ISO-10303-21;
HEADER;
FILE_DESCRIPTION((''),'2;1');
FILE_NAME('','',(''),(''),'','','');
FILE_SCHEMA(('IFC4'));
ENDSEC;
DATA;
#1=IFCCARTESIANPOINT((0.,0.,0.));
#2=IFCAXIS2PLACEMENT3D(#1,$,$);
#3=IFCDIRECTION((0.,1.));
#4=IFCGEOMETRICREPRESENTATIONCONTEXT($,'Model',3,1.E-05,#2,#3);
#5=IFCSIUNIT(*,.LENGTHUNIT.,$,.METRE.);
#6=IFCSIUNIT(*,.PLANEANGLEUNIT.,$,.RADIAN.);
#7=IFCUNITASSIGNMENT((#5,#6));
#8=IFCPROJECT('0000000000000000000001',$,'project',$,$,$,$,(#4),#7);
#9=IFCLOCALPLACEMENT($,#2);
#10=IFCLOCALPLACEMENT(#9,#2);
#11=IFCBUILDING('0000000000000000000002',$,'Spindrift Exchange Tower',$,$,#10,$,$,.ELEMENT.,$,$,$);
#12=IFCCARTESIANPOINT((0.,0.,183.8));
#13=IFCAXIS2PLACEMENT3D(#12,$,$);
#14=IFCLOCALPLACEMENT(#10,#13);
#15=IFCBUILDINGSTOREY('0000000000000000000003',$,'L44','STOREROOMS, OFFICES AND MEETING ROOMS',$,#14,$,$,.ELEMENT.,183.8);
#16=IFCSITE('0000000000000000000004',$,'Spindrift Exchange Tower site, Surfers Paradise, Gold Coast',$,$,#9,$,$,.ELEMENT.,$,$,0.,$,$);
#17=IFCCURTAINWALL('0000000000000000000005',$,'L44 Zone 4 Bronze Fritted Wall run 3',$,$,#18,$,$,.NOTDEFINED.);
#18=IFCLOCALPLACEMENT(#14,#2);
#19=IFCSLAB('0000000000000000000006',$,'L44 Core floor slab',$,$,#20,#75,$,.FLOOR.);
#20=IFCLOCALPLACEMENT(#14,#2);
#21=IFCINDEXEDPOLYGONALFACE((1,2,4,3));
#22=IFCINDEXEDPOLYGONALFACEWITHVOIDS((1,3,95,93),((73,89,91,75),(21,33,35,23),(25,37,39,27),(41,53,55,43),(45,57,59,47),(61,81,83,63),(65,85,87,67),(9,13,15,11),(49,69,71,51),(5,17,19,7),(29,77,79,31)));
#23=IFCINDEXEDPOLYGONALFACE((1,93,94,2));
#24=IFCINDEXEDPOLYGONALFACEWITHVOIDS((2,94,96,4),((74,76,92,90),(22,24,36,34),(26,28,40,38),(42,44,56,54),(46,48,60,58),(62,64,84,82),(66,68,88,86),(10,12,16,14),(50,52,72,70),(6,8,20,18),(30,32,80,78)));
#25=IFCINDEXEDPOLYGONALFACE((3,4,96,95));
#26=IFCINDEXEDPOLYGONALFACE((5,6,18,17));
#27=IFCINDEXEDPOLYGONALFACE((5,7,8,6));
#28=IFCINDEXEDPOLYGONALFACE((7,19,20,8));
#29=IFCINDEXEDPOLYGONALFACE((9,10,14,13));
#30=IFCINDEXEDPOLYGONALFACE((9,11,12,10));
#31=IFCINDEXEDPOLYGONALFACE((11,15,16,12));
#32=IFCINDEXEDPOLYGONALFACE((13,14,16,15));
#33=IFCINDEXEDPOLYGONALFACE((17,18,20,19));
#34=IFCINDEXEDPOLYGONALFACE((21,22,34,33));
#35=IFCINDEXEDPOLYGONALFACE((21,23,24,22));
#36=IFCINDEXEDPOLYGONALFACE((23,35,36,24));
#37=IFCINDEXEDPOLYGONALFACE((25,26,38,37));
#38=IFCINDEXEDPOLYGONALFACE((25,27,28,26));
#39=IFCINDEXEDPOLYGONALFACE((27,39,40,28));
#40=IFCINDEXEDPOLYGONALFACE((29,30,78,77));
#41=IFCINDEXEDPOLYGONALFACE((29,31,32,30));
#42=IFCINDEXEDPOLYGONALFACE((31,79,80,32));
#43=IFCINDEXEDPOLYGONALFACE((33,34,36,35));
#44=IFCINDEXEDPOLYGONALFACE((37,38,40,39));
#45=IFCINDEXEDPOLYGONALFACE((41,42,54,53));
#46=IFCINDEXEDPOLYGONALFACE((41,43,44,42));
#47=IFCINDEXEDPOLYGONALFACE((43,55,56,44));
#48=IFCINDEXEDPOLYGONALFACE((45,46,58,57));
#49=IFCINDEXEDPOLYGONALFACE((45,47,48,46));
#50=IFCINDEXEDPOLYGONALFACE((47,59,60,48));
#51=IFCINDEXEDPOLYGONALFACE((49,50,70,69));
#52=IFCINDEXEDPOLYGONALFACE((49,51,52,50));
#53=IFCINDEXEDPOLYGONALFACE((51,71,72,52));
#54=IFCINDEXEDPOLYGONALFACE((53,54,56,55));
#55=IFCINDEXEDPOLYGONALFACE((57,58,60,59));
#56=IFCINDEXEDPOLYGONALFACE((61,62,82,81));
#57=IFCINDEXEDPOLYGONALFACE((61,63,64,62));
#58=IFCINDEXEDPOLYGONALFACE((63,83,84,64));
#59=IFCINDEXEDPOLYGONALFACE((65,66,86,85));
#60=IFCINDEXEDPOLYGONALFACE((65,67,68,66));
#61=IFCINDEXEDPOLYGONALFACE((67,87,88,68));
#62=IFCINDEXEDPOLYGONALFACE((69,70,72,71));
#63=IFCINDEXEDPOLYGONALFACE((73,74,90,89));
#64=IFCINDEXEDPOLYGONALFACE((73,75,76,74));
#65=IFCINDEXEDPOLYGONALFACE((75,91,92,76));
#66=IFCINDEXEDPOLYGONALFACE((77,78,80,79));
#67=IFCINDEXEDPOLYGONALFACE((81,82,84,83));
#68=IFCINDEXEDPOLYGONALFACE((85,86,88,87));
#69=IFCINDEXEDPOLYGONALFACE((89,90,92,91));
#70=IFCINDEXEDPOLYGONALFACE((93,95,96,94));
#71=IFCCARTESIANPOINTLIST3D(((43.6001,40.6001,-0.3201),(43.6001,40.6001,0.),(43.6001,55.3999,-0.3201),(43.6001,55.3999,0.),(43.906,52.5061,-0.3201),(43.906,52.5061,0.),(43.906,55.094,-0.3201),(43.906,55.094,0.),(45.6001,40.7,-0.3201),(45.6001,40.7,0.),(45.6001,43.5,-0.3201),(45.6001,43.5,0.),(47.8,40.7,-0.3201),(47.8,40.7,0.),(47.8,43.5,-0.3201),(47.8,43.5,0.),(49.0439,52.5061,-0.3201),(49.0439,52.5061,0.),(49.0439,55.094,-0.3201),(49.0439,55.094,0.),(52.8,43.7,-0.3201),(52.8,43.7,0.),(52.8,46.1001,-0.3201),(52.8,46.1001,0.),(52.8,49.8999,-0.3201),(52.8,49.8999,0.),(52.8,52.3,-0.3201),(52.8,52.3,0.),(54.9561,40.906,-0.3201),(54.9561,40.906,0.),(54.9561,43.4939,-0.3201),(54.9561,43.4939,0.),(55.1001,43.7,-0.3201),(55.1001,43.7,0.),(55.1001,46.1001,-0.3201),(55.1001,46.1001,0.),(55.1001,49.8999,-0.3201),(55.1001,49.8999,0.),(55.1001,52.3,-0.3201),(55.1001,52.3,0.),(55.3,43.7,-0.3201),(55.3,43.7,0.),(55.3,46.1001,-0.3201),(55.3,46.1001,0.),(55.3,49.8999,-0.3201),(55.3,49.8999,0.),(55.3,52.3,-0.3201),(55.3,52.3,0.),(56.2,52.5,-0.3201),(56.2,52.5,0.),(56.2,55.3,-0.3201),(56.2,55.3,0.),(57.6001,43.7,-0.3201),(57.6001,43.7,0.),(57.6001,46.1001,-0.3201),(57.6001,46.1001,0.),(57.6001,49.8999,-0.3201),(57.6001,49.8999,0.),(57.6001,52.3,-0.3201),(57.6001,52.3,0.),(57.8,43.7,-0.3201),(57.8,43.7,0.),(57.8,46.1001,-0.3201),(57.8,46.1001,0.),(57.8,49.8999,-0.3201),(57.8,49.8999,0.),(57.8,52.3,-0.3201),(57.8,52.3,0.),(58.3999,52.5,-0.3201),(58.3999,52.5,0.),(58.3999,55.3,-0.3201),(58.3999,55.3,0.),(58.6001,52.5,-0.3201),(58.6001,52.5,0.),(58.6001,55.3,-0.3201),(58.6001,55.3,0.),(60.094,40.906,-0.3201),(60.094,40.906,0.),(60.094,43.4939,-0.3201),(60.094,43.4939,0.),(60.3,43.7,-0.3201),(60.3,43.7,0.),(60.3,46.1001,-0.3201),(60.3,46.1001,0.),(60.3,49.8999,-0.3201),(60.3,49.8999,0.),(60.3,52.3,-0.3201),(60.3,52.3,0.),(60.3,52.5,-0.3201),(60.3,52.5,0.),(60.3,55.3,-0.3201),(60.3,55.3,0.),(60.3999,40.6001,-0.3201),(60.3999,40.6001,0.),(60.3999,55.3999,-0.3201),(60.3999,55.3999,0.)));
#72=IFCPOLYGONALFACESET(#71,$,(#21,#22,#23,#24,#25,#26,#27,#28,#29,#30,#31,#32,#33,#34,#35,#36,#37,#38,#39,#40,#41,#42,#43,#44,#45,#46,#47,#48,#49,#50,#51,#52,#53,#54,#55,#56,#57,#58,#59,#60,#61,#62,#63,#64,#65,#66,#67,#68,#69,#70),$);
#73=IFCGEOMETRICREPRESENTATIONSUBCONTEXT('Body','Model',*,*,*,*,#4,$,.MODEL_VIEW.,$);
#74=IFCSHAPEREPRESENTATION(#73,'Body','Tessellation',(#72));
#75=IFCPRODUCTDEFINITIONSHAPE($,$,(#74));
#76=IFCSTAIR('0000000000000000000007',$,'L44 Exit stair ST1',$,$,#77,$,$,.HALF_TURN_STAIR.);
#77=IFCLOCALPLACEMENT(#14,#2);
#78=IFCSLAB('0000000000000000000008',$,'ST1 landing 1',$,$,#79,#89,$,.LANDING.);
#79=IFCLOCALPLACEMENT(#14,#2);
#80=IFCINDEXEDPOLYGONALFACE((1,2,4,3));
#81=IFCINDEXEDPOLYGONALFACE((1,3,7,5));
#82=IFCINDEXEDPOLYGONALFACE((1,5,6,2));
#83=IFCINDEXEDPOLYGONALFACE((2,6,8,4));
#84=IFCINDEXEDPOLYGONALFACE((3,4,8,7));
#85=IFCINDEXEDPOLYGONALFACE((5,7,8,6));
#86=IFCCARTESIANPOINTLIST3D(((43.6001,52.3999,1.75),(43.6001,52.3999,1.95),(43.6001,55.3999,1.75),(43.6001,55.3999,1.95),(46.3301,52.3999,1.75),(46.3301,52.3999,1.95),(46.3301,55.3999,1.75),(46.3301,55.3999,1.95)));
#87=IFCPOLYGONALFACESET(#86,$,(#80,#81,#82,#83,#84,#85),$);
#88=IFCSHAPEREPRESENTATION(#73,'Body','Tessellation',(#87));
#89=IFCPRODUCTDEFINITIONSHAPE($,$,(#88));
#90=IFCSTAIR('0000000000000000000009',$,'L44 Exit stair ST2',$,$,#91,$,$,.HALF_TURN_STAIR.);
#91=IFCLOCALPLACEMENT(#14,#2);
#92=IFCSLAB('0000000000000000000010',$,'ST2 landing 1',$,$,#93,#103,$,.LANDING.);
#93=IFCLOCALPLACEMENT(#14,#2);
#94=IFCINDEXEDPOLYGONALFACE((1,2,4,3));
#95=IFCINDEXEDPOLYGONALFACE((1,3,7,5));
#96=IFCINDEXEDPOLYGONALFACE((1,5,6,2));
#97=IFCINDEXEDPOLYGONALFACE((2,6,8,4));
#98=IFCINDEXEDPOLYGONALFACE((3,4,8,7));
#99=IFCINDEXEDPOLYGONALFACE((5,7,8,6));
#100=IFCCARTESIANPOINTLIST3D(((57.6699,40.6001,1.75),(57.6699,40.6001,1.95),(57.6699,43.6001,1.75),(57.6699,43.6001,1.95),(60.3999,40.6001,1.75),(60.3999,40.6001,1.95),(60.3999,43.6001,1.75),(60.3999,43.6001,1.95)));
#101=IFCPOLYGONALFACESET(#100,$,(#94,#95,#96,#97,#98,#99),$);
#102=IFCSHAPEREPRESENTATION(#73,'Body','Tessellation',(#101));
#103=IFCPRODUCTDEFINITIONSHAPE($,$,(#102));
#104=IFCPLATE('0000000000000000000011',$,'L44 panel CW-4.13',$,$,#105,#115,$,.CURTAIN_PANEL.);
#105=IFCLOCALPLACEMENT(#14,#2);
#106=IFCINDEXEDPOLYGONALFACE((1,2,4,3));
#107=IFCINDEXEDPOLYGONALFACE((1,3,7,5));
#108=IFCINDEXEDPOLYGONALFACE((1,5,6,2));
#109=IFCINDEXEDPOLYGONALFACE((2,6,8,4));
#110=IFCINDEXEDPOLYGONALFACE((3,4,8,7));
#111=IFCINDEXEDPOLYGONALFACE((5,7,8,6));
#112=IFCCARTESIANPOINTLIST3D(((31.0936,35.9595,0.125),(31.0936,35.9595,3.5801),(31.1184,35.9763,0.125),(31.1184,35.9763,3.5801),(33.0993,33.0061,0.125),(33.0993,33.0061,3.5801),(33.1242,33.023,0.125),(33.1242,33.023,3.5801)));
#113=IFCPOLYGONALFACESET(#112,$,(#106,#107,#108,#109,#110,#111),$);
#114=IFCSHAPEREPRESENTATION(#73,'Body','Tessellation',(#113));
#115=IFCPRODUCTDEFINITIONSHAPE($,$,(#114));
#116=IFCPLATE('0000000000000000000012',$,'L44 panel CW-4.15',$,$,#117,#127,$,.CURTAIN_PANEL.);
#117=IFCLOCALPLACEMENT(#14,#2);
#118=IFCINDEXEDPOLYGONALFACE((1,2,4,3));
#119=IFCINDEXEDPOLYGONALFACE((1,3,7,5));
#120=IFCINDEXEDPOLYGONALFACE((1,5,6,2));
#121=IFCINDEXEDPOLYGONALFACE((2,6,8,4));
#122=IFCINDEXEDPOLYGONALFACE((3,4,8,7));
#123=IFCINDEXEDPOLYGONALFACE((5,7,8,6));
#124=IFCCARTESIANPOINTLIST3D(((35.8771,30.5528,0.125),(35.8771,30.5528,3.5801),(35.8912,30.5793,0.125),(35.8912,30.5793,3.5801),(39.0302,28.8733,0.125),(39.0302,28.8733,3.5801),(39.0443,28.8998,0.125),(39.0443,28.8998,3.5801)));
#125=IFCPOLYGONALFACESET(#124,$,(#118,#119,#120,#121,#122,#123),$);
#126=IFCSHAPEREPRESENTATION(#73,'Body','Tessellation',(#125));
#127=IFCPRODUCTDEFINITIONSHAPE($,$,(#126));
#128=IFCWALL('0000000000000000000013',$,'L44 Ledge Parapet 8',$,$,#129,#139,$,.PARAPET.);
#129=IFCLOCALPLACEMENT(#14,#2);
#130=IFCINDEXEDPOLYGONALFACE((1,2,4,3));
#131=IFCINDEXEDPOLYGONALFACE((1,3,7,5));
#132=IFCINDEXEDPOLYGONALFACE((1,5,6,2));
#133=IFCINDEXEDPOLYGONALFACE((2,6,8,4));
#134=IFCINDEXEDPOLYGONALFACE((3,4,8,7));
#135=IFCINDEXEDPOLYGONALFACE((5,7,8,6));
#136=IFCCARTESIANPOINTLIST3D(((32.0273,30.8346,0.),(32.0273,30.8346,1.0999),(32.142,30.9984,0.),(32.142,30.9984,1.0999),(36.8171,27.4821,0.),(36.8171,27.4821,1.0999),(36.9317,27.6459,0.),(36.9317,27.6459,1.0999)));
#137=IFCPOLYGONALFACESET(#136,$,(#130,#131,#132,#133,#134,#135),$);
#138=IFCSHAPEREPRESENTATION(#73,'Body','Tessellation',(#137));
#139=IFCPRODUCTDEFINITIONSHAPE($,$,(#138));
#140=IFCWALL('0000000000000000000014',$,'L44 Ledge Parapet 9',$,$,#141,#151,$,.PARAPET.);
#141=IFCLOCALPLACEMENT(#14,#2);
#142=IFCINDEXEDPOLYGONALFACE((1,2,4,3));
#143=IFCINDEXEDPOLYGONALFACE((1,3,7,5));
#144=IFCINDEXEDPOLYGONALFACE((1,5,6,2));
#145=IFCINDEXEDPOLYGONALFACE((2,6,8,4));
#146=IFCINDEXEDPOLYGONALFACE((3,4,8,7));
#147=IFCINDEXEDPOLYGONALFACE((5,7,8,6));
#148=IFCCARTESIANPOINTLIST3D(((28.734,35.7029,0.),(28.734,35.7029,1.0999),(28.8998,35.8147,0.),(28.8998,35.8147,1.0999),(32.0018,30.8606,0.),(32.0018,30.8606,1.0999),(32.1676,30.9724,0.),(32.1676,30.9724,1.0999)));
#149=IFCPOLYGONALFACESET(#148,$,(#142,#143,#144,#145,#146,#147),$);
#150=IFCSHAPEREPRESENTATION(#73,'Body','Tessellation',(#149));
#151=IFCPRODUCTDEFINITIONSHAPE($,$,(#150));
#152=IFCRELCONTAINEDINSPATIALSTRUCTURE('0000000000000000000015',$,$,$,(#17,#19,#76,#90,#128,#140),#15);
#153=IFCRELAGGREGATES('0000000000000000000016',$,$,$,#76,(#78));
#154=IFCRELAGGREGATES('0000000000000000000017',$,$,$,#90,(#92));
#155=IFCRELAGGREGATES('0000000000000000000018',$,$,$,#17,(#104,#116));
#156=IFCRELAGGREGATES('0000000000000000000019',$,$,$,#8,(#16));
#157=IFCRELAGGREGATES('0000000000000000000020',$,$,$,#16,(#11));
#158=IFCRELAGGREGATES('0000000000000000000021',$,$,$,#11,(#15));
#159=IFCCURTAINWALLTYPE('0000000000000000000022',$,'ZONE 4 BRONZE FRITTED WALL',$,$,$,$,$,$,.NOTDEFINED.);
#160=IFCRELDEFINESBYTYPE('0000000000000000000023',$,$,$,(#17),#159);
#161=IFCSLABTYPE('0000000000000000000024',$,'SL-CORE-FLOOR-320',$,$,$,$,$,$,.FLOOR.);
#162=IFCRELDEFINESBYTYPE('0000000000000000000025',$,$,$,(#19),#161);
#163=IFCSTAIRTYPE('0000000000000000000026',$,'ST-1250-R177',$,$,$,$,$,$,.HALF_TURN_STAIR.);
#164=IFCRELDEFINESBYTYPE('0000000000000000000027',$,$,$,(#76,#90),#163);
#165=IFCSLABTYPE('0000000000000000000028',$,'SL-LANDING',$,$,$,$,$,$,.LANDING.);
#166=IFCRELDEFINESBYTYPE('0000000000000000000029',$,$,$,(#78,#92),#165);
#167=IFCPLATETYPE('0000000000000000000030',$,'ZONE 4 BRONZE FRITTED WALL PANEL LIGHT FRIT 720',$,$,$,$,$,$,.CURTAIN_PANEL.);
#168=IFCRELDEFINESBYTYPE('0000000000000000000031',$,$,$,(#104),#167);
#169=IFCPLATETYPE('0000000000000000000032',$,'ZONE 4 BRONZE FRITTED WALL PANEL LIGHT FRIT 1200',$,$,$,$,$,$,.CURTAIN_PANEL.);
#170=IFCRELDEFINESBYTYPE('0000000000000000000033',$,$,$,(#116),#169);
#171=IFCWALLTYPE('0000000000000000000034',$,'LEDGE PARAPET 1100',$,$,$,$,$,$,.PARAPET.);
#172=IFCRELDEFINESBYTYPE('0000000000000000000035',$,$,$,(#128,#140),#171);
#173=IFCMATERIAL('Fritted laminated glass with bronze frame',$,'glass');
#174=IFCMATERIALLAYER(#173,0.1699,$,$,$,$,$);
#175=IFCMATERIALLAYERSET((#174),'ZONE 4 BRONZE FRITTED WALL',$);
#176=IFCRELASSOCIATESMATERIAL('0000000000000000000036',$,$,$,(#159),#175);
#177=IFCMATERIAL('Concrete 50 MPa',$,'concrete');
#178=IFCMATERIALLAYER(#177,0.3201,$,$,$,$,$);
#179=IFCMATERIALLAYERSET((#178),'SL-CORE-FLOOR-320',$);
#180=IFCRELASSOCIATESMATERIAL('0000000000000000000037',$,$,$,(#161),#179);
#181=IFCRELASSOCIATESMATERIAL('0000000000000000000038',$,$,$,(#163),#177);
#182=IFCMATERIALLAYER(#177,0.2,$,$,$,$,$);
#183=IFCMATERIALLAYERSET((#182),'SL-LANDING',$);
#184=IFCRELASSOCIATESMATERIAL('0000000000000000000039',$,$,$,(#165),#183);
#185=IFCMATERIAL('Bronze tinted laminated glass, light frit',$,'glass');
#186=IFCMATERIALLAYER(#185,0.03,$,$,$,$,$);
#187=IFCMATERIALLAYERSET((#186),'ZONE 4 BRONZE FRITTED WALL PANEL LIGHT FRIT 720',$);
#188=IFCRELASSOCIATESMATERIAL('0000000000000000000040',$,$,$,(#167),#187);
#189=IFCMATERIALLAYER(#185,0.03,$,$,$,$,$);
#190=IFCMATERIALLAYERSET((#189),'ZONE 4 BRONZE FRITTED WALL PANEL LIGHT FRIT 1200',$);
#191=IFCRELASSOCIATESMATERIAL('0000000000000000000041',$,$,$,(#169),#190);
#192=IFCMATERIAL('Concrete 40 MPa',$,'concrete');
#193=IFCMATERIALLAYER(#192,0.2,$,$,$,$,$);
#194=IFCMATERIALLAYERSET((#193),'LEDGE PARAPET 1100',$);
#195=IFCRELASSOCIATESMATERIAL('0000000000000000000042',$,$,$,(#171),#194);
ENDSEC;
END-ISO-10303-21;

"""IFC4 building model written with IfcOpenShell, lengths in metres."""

from ifc_helpers import new_model, si_unit, direction, frame, frame_2d, origin, origin_2d, place, context, subcontext, project, spatial, line, indexed_curve, rectangle, outline, extrude, source, transform, mapped, material, layer, layer_set, type_object, element, aggregate, save


model = new_model("IFC4")

# Units and contexts
model_context = context("Model", 3, precision=1e-05, world=origin(), true_north=direction((0.0, 1.0)))
body_context = subcontext(model_context, "Body", "Model", "MODEL_VIEW")
ifc_project = project(units=[si_unit("LENGTHUNIT", "METRE"), si_unit("PLANEANGLEUNIT", "RADIAN")], contexts=[model_context])

# Site, building, storey
site_placement = place(None, origin())
site = spatial("IfcSite", under=ifc_project, at=site_placement, Name="Spindrift Exchange Tower site, Surfers Paradise, Gold Coast", CompositionType="ELEMENT", RefElevation=0.0)
building_placement = place(site_placement, origin())
building = spatial("IfcBuilding", under=site, at=building_placement, Name="Spindrift Exchange Tower", CompositionType="ELEMENT")
storey_placement = place(building_placement, frame((0.0, 0.0, 183.8)))
storey = spatial("IfcBuildingStorey", under=building, at=storey_placement, Name="L44", Description="STOREROOMS, OFFICES AND MEETING ROOMS", CompositionType="ELEMENT", Elevation=183.8)

# Shared definitions
ifc_material_1 = material(Name="Concrete 50 MPa", Category="concrete")

# Curtain wall
ifc_material_2 = material(Name="Fritted laminated glass with bronze frame", Category="glass")
ifc_layer_1 = layer(ifc_material_2, 0.1699)
ifc_layer_set_1 = layer_set([ifc_layer_1], Name="ZONE 4 BRONZE FRITTED WALL")
curtain_wall_type = type_object("IfcCurtainWallType", Name="ZONE 4 BRONZE FRITTED WALL", PredefinedType="NOTDEFINED", material=ifc_layer_set_1)
curtain_wall_placement = place(storey_placement, origin())
curtain_wall = element("IfcCurtainWall", 1, at=curtain_wall_placement, inside=storey, type_object=curtain_wall_type, Name="L44 Zone 4 Bronze Fritted Wall run 3", PredefinedType="NOTDEFINED")

# Slab
ifc_material_3 = material(Name="Concrete 40 MPa", Category="concrete")
ifc_layer_2 = layer(ifc_material_1, 0.3201)
ifc_layer_set_2 = layer_set([ifc_layer_2], Name="SL-CORE-FLOOR-320")
slab_type_1 = type_object("IfcSlabType", Name="SL-CORE-FLOOR-320", PredefinedType="FLOOR", material=ifc_layer_set_2)
slab_1_placement = place(storey_placement, frame((0.0, 0.0, -0.3201)))
element("IfcSlab", 2, at=slab_1_placement, inside=storey, type_object=slab_type_1, Name="L44 Core floor slab", PredefinedType="FLOOR", context=body_context, shape_type="SweptSolid", body=[
    extrude(outline(indexed_curve([(43.6001, 40.6001), (43.6001, 55.3999), (60.3999, 55.3999), (60.3999, 40.6001)], segments=[line(1, 2, 3, 4, 1)], self_intersect=False), holes=[indexed_curve([(45.6001, 43.5), (45.6001, 40.7), (47.8, 40.7), (47.8, 43.5)], segments=[line(1, 2, 3, 4, 1)], self_intersect=False), indexed_curve([(52.8, 46.1001), (52.8, 43.7), (55.1001, 43.7), (55.1001, 46.1001)], segments=[line(1, 2, 3, 4, 1)], self_intersect=False), indexed_curve([(55.3, 46.1001), (55.3, 43.7), (57.6001, 43.7), (57.6001, 46.1001)], segments=[line(1, 2, 3, 4, 1)], self_intersect=False), indexed_curve([(55.1001, 52.3), (52.8, 52.3), (52.8, 49.8999), (55.1001, 49.8999)], segments=[line(1, 2, 3, 4, 1)], self_intersect=False), indexed_curve([(57.6001, 52.3), (55.3, 52.3), (55.3, 49.8999), (57.6001, 49.8999)], segments=[line(1, 2, 3, 4, 1)], self_intersect=False), indexed_curve([(43.906, 52.5061), (49.0439, 52.5061), (49.0439, 55.094), (43.906, 55.094)], segments=[line(1, 2, 3, 4, 1)], self_intersect=False), indexed_curve([(60.094, 40.906), (60.094, 43.4939), (54.9561, 43.4939), (54.9561, 40.906)], segments=[line(1, 2, 3, 4, 1)], self_intersect=False), indexed_curve([(60.3, 46.1001), (57.8, 46.1001), (57.8, 43.7), (60.3, 43.7)], segments=[line(1, 2, 3, 4, 1)], self_intersect=False), indexed_curve([(57.8, 52.3), (57.8, 49.8999), (60.3, 49.8999), (60.3, 52.3)], segments=[line(1, 2, 3, 4, 1)], self_intersect=False), indexed_curve([(58.3999, 55.3), (56.2, 55.3), (56.2, 52.5), (58.3999, 52.5)], segments=[line(1, 2, 3, 4, 1)], self_intersect=False), indexed_curve([(60.3, 55.3), (58.6001, 55.3), (58.6001, 52.5), (60.3, 52.5)], segments=[line(1, 2, 3, 4, 1)], self_intersect=False)]), origin(), (0.0, 0.0, 1.0), 0.3201),
])

# Stairs, slabs
stair_type = type_object("IfcStairType", Name="ST-1250-R177", PredefinedType="HALF_TURN_STAIR", material=ifc_material_1)
stair_1_placement = place(storey_placement, origin())
stair_1 = element("IfcStair", 3, at=stair_1_placement, inside=storey, type_object=stair_type, Name="L44 Exit stair ST1", PredefinedType="HALF_TURN_STAIR")
ifc_layer_3 = layer(ifc_material_1, 0.2)
ifc_layer_set_3 = layer_set([ifc_layer_3], Name="SL-LANDING")
slab_type_2 = type_object("IfcSlabType", Name="SL-LANDING", PredefinedType="LANDING", material=ifc_layer_set_3)
slab_2_placement = place(storey_placement, frame((0.0, 0.0, 1.75)))
slab_2 = element("IfcSlab", 4, at=slab_2_placement, type_object=slab_type_2, Name="ST1 landing 1", PredefinedType="LANDING", context=body_context, shape_type="SweptSolid", body=[
    extrude(outline(indexed_curve([(46.3301, 52.3999), (43.6001, 52.3999), (43.6001, 55.3999), (46.3301, 55.3999)], segments=[line(1, 2, 3, 4, 1)], self_intersect=False)), origin(), (0.0, 0.0, 1.0), 0.2),
])
aggregate(stair_1, [slab_2])
stair_2_placement = place(storey_placement, origin())
stair_2 = element("IfcStair", 5, at=stair_2_placement, inside=storey, type_object=stair_type, Name="L44 Exit stair ST2", PredefinedType="HALF_TURN_STAIR")
slab_3_placement = place(storey_placement, frame((0.0, 0.0, 1.75)))
slab_3 = element("IfcSlab", 6, at=slab_3_placement, type_object=slab_type_2, Name="ST2 landing 1", PredefinedType="LANDING", context=body_context, shape_type="SweptSolid", body=[
    extrude(outline(indexed_curve([(57.6699, 43.6001), (60.3999, 43.6001), (60.3999, 40.6001), (57.6699, 40.6001)], segments=[line(1, 2, 3, 4, 1)], self_intersect=False)), origin(), (0.0, 0.0, 1.0), 0.2),
])
aggregate(stair_2, [slab_3])

# Plates
ifc_material_4 = material(Name="Bronze tinted laminated glass, light frit", Category="glass")
ifc_layer_4 = layer(ifc_material_4, 0.03)
ifc_layer_set_4 = layer_set([ifc_layer_4], Name="ZONE 4 BRONZE FRITTED WALL PANEL LIGHT FRIT 720")
plate_type_1 = type_object("IfcPlateType", Name="ZONE 4 BRONZE FRITTED WALL PANEL LIGHT FRIT 720", PredefinedType="CURTAIN_PANEL", material=ifc_layer_set_4)
shared_shape_1 = source(origin(), body_context, "Body", "SweptSolid", [
    extrude(rectangle(XDim=3.5701, YDim=0.03, at=origin_2d()), origin(), (0.0, 0.0, 1.0), 3.4551),
])
plate_1_placement = place(storey_placement, frame((32.1089, 34.4912, 0.125), z_axis=(0.0, 0.0, 1.0), x_axis=(0.561815, -0.827263, 0.0)))
plate_1 = element("IfcPlate", 7, at=plate_1_placement, type_object=plate_type_1, Name="L44 panel CW-4.13", PredefinedType="CURTAIN_PANEL", context=body_context, shape_type="MappedRepresentation", body=[
    mapped(shared_shape_1, transform((0.0, 0.0, 0.0), scale=1.0)),
])
ifc_layer_5 = layer(ifc_material_4, 0.03)
ifc_layer_set_5 = layer_set([ifc_layer_5], Name="ZONE 4 BRONZE FRITTED WALL PANEL LIGHT FRIT 1200")
plate_type_2 = type_object("IfcPlateType", Name="ZONE 4 BRONZE FRITTED WALL PANEL LIGHT FRIT 1200", PredefinedType="CURTAIN_PANEL", material=ifc_layer_set_5)
shared_shape_2 = source(origin(), body_context, "Body", "SweptSolid", [
    extrude(rectangle(XDim=3.5725, YDim=0.03, at=origin_2d()), origin(), (0.0, 0.0, 1.0), 3.4551),
])
plate_2_placement = place(storey_placement, frame((37.4607, 29.7263, 0.125), z_axis=(0.0, 0.0, 1.0), x_axis=(0.882611, -0.470103, 0.0)))
plate_2 = element("IfcPlate", 8, at=plate_2_placement, type_object=plate_type_2, Name="L44 panel CW-4.15", PredefinedType="CURTAIN_PANEL", context=body_context, shape_type="MappedRepresentation", body=[
    mapped(shared_shape_2, transform((0.0, 0.0, 0.0), scale=1.0)),
])
aggregate(curtain_wall, [plate_1, plate_2])

# Walls
ifc_layer_6 = layer(ifc_material_3, 0.2)
ifc_layer_set_6 = layer_set([ifc_layer_6], Name="LEDGE PARAPET 1100")
wall_type_1 = type_object("IfcWallType", Name="LEDGE PARAPET 1100", PredefinedType="PARAPET", material=ifc_layer_set_6)
wall_1_placement = place(storey_placement, frame((36.8745, 27.564, 0.0), z_axis=(0.0, 0.0, 1.0), x_axis=(-0.819257, 0.573426, 0.0)))
element("IfcWall", 9, at=wall_1_placement, inside=storey, type_object=wall_type_1, Name="L44 Ledge Parapet 8", PredefinedType="PARAPET", context=body_context, shape_type="SweptSolid", body=[
    extrude(rectangle(XDim=5.8464, YDim=0.2, at=frame_2d((2.9233, 0.0))), origin(), (0.0, 0.0, 1.0), 1.0999),
])
wall_2_placement = place(storey_placement, frame((32.0847, 30.9165, 0.0), z_axis=(0.0, 0.0, 1.0), x_axis=(-0.559388, 0.828906, 0.0)))
element("IfcWall", 10, at=wall_2_placement, inside=storey, type_object=wall_type_1, Name="L44 Ledge Parapet 9", PredefinedType="PARAPET", context=body_context, shape_type="SweptSolid", body=[
    extrude(rectangle(XDim=5.8418, YDim=0.2, at=frame_2d((2.9209, 0.0))), origin(), (0.0, 0.0, 1.0), 1.0999),
])

save(model, "model.ifc")
